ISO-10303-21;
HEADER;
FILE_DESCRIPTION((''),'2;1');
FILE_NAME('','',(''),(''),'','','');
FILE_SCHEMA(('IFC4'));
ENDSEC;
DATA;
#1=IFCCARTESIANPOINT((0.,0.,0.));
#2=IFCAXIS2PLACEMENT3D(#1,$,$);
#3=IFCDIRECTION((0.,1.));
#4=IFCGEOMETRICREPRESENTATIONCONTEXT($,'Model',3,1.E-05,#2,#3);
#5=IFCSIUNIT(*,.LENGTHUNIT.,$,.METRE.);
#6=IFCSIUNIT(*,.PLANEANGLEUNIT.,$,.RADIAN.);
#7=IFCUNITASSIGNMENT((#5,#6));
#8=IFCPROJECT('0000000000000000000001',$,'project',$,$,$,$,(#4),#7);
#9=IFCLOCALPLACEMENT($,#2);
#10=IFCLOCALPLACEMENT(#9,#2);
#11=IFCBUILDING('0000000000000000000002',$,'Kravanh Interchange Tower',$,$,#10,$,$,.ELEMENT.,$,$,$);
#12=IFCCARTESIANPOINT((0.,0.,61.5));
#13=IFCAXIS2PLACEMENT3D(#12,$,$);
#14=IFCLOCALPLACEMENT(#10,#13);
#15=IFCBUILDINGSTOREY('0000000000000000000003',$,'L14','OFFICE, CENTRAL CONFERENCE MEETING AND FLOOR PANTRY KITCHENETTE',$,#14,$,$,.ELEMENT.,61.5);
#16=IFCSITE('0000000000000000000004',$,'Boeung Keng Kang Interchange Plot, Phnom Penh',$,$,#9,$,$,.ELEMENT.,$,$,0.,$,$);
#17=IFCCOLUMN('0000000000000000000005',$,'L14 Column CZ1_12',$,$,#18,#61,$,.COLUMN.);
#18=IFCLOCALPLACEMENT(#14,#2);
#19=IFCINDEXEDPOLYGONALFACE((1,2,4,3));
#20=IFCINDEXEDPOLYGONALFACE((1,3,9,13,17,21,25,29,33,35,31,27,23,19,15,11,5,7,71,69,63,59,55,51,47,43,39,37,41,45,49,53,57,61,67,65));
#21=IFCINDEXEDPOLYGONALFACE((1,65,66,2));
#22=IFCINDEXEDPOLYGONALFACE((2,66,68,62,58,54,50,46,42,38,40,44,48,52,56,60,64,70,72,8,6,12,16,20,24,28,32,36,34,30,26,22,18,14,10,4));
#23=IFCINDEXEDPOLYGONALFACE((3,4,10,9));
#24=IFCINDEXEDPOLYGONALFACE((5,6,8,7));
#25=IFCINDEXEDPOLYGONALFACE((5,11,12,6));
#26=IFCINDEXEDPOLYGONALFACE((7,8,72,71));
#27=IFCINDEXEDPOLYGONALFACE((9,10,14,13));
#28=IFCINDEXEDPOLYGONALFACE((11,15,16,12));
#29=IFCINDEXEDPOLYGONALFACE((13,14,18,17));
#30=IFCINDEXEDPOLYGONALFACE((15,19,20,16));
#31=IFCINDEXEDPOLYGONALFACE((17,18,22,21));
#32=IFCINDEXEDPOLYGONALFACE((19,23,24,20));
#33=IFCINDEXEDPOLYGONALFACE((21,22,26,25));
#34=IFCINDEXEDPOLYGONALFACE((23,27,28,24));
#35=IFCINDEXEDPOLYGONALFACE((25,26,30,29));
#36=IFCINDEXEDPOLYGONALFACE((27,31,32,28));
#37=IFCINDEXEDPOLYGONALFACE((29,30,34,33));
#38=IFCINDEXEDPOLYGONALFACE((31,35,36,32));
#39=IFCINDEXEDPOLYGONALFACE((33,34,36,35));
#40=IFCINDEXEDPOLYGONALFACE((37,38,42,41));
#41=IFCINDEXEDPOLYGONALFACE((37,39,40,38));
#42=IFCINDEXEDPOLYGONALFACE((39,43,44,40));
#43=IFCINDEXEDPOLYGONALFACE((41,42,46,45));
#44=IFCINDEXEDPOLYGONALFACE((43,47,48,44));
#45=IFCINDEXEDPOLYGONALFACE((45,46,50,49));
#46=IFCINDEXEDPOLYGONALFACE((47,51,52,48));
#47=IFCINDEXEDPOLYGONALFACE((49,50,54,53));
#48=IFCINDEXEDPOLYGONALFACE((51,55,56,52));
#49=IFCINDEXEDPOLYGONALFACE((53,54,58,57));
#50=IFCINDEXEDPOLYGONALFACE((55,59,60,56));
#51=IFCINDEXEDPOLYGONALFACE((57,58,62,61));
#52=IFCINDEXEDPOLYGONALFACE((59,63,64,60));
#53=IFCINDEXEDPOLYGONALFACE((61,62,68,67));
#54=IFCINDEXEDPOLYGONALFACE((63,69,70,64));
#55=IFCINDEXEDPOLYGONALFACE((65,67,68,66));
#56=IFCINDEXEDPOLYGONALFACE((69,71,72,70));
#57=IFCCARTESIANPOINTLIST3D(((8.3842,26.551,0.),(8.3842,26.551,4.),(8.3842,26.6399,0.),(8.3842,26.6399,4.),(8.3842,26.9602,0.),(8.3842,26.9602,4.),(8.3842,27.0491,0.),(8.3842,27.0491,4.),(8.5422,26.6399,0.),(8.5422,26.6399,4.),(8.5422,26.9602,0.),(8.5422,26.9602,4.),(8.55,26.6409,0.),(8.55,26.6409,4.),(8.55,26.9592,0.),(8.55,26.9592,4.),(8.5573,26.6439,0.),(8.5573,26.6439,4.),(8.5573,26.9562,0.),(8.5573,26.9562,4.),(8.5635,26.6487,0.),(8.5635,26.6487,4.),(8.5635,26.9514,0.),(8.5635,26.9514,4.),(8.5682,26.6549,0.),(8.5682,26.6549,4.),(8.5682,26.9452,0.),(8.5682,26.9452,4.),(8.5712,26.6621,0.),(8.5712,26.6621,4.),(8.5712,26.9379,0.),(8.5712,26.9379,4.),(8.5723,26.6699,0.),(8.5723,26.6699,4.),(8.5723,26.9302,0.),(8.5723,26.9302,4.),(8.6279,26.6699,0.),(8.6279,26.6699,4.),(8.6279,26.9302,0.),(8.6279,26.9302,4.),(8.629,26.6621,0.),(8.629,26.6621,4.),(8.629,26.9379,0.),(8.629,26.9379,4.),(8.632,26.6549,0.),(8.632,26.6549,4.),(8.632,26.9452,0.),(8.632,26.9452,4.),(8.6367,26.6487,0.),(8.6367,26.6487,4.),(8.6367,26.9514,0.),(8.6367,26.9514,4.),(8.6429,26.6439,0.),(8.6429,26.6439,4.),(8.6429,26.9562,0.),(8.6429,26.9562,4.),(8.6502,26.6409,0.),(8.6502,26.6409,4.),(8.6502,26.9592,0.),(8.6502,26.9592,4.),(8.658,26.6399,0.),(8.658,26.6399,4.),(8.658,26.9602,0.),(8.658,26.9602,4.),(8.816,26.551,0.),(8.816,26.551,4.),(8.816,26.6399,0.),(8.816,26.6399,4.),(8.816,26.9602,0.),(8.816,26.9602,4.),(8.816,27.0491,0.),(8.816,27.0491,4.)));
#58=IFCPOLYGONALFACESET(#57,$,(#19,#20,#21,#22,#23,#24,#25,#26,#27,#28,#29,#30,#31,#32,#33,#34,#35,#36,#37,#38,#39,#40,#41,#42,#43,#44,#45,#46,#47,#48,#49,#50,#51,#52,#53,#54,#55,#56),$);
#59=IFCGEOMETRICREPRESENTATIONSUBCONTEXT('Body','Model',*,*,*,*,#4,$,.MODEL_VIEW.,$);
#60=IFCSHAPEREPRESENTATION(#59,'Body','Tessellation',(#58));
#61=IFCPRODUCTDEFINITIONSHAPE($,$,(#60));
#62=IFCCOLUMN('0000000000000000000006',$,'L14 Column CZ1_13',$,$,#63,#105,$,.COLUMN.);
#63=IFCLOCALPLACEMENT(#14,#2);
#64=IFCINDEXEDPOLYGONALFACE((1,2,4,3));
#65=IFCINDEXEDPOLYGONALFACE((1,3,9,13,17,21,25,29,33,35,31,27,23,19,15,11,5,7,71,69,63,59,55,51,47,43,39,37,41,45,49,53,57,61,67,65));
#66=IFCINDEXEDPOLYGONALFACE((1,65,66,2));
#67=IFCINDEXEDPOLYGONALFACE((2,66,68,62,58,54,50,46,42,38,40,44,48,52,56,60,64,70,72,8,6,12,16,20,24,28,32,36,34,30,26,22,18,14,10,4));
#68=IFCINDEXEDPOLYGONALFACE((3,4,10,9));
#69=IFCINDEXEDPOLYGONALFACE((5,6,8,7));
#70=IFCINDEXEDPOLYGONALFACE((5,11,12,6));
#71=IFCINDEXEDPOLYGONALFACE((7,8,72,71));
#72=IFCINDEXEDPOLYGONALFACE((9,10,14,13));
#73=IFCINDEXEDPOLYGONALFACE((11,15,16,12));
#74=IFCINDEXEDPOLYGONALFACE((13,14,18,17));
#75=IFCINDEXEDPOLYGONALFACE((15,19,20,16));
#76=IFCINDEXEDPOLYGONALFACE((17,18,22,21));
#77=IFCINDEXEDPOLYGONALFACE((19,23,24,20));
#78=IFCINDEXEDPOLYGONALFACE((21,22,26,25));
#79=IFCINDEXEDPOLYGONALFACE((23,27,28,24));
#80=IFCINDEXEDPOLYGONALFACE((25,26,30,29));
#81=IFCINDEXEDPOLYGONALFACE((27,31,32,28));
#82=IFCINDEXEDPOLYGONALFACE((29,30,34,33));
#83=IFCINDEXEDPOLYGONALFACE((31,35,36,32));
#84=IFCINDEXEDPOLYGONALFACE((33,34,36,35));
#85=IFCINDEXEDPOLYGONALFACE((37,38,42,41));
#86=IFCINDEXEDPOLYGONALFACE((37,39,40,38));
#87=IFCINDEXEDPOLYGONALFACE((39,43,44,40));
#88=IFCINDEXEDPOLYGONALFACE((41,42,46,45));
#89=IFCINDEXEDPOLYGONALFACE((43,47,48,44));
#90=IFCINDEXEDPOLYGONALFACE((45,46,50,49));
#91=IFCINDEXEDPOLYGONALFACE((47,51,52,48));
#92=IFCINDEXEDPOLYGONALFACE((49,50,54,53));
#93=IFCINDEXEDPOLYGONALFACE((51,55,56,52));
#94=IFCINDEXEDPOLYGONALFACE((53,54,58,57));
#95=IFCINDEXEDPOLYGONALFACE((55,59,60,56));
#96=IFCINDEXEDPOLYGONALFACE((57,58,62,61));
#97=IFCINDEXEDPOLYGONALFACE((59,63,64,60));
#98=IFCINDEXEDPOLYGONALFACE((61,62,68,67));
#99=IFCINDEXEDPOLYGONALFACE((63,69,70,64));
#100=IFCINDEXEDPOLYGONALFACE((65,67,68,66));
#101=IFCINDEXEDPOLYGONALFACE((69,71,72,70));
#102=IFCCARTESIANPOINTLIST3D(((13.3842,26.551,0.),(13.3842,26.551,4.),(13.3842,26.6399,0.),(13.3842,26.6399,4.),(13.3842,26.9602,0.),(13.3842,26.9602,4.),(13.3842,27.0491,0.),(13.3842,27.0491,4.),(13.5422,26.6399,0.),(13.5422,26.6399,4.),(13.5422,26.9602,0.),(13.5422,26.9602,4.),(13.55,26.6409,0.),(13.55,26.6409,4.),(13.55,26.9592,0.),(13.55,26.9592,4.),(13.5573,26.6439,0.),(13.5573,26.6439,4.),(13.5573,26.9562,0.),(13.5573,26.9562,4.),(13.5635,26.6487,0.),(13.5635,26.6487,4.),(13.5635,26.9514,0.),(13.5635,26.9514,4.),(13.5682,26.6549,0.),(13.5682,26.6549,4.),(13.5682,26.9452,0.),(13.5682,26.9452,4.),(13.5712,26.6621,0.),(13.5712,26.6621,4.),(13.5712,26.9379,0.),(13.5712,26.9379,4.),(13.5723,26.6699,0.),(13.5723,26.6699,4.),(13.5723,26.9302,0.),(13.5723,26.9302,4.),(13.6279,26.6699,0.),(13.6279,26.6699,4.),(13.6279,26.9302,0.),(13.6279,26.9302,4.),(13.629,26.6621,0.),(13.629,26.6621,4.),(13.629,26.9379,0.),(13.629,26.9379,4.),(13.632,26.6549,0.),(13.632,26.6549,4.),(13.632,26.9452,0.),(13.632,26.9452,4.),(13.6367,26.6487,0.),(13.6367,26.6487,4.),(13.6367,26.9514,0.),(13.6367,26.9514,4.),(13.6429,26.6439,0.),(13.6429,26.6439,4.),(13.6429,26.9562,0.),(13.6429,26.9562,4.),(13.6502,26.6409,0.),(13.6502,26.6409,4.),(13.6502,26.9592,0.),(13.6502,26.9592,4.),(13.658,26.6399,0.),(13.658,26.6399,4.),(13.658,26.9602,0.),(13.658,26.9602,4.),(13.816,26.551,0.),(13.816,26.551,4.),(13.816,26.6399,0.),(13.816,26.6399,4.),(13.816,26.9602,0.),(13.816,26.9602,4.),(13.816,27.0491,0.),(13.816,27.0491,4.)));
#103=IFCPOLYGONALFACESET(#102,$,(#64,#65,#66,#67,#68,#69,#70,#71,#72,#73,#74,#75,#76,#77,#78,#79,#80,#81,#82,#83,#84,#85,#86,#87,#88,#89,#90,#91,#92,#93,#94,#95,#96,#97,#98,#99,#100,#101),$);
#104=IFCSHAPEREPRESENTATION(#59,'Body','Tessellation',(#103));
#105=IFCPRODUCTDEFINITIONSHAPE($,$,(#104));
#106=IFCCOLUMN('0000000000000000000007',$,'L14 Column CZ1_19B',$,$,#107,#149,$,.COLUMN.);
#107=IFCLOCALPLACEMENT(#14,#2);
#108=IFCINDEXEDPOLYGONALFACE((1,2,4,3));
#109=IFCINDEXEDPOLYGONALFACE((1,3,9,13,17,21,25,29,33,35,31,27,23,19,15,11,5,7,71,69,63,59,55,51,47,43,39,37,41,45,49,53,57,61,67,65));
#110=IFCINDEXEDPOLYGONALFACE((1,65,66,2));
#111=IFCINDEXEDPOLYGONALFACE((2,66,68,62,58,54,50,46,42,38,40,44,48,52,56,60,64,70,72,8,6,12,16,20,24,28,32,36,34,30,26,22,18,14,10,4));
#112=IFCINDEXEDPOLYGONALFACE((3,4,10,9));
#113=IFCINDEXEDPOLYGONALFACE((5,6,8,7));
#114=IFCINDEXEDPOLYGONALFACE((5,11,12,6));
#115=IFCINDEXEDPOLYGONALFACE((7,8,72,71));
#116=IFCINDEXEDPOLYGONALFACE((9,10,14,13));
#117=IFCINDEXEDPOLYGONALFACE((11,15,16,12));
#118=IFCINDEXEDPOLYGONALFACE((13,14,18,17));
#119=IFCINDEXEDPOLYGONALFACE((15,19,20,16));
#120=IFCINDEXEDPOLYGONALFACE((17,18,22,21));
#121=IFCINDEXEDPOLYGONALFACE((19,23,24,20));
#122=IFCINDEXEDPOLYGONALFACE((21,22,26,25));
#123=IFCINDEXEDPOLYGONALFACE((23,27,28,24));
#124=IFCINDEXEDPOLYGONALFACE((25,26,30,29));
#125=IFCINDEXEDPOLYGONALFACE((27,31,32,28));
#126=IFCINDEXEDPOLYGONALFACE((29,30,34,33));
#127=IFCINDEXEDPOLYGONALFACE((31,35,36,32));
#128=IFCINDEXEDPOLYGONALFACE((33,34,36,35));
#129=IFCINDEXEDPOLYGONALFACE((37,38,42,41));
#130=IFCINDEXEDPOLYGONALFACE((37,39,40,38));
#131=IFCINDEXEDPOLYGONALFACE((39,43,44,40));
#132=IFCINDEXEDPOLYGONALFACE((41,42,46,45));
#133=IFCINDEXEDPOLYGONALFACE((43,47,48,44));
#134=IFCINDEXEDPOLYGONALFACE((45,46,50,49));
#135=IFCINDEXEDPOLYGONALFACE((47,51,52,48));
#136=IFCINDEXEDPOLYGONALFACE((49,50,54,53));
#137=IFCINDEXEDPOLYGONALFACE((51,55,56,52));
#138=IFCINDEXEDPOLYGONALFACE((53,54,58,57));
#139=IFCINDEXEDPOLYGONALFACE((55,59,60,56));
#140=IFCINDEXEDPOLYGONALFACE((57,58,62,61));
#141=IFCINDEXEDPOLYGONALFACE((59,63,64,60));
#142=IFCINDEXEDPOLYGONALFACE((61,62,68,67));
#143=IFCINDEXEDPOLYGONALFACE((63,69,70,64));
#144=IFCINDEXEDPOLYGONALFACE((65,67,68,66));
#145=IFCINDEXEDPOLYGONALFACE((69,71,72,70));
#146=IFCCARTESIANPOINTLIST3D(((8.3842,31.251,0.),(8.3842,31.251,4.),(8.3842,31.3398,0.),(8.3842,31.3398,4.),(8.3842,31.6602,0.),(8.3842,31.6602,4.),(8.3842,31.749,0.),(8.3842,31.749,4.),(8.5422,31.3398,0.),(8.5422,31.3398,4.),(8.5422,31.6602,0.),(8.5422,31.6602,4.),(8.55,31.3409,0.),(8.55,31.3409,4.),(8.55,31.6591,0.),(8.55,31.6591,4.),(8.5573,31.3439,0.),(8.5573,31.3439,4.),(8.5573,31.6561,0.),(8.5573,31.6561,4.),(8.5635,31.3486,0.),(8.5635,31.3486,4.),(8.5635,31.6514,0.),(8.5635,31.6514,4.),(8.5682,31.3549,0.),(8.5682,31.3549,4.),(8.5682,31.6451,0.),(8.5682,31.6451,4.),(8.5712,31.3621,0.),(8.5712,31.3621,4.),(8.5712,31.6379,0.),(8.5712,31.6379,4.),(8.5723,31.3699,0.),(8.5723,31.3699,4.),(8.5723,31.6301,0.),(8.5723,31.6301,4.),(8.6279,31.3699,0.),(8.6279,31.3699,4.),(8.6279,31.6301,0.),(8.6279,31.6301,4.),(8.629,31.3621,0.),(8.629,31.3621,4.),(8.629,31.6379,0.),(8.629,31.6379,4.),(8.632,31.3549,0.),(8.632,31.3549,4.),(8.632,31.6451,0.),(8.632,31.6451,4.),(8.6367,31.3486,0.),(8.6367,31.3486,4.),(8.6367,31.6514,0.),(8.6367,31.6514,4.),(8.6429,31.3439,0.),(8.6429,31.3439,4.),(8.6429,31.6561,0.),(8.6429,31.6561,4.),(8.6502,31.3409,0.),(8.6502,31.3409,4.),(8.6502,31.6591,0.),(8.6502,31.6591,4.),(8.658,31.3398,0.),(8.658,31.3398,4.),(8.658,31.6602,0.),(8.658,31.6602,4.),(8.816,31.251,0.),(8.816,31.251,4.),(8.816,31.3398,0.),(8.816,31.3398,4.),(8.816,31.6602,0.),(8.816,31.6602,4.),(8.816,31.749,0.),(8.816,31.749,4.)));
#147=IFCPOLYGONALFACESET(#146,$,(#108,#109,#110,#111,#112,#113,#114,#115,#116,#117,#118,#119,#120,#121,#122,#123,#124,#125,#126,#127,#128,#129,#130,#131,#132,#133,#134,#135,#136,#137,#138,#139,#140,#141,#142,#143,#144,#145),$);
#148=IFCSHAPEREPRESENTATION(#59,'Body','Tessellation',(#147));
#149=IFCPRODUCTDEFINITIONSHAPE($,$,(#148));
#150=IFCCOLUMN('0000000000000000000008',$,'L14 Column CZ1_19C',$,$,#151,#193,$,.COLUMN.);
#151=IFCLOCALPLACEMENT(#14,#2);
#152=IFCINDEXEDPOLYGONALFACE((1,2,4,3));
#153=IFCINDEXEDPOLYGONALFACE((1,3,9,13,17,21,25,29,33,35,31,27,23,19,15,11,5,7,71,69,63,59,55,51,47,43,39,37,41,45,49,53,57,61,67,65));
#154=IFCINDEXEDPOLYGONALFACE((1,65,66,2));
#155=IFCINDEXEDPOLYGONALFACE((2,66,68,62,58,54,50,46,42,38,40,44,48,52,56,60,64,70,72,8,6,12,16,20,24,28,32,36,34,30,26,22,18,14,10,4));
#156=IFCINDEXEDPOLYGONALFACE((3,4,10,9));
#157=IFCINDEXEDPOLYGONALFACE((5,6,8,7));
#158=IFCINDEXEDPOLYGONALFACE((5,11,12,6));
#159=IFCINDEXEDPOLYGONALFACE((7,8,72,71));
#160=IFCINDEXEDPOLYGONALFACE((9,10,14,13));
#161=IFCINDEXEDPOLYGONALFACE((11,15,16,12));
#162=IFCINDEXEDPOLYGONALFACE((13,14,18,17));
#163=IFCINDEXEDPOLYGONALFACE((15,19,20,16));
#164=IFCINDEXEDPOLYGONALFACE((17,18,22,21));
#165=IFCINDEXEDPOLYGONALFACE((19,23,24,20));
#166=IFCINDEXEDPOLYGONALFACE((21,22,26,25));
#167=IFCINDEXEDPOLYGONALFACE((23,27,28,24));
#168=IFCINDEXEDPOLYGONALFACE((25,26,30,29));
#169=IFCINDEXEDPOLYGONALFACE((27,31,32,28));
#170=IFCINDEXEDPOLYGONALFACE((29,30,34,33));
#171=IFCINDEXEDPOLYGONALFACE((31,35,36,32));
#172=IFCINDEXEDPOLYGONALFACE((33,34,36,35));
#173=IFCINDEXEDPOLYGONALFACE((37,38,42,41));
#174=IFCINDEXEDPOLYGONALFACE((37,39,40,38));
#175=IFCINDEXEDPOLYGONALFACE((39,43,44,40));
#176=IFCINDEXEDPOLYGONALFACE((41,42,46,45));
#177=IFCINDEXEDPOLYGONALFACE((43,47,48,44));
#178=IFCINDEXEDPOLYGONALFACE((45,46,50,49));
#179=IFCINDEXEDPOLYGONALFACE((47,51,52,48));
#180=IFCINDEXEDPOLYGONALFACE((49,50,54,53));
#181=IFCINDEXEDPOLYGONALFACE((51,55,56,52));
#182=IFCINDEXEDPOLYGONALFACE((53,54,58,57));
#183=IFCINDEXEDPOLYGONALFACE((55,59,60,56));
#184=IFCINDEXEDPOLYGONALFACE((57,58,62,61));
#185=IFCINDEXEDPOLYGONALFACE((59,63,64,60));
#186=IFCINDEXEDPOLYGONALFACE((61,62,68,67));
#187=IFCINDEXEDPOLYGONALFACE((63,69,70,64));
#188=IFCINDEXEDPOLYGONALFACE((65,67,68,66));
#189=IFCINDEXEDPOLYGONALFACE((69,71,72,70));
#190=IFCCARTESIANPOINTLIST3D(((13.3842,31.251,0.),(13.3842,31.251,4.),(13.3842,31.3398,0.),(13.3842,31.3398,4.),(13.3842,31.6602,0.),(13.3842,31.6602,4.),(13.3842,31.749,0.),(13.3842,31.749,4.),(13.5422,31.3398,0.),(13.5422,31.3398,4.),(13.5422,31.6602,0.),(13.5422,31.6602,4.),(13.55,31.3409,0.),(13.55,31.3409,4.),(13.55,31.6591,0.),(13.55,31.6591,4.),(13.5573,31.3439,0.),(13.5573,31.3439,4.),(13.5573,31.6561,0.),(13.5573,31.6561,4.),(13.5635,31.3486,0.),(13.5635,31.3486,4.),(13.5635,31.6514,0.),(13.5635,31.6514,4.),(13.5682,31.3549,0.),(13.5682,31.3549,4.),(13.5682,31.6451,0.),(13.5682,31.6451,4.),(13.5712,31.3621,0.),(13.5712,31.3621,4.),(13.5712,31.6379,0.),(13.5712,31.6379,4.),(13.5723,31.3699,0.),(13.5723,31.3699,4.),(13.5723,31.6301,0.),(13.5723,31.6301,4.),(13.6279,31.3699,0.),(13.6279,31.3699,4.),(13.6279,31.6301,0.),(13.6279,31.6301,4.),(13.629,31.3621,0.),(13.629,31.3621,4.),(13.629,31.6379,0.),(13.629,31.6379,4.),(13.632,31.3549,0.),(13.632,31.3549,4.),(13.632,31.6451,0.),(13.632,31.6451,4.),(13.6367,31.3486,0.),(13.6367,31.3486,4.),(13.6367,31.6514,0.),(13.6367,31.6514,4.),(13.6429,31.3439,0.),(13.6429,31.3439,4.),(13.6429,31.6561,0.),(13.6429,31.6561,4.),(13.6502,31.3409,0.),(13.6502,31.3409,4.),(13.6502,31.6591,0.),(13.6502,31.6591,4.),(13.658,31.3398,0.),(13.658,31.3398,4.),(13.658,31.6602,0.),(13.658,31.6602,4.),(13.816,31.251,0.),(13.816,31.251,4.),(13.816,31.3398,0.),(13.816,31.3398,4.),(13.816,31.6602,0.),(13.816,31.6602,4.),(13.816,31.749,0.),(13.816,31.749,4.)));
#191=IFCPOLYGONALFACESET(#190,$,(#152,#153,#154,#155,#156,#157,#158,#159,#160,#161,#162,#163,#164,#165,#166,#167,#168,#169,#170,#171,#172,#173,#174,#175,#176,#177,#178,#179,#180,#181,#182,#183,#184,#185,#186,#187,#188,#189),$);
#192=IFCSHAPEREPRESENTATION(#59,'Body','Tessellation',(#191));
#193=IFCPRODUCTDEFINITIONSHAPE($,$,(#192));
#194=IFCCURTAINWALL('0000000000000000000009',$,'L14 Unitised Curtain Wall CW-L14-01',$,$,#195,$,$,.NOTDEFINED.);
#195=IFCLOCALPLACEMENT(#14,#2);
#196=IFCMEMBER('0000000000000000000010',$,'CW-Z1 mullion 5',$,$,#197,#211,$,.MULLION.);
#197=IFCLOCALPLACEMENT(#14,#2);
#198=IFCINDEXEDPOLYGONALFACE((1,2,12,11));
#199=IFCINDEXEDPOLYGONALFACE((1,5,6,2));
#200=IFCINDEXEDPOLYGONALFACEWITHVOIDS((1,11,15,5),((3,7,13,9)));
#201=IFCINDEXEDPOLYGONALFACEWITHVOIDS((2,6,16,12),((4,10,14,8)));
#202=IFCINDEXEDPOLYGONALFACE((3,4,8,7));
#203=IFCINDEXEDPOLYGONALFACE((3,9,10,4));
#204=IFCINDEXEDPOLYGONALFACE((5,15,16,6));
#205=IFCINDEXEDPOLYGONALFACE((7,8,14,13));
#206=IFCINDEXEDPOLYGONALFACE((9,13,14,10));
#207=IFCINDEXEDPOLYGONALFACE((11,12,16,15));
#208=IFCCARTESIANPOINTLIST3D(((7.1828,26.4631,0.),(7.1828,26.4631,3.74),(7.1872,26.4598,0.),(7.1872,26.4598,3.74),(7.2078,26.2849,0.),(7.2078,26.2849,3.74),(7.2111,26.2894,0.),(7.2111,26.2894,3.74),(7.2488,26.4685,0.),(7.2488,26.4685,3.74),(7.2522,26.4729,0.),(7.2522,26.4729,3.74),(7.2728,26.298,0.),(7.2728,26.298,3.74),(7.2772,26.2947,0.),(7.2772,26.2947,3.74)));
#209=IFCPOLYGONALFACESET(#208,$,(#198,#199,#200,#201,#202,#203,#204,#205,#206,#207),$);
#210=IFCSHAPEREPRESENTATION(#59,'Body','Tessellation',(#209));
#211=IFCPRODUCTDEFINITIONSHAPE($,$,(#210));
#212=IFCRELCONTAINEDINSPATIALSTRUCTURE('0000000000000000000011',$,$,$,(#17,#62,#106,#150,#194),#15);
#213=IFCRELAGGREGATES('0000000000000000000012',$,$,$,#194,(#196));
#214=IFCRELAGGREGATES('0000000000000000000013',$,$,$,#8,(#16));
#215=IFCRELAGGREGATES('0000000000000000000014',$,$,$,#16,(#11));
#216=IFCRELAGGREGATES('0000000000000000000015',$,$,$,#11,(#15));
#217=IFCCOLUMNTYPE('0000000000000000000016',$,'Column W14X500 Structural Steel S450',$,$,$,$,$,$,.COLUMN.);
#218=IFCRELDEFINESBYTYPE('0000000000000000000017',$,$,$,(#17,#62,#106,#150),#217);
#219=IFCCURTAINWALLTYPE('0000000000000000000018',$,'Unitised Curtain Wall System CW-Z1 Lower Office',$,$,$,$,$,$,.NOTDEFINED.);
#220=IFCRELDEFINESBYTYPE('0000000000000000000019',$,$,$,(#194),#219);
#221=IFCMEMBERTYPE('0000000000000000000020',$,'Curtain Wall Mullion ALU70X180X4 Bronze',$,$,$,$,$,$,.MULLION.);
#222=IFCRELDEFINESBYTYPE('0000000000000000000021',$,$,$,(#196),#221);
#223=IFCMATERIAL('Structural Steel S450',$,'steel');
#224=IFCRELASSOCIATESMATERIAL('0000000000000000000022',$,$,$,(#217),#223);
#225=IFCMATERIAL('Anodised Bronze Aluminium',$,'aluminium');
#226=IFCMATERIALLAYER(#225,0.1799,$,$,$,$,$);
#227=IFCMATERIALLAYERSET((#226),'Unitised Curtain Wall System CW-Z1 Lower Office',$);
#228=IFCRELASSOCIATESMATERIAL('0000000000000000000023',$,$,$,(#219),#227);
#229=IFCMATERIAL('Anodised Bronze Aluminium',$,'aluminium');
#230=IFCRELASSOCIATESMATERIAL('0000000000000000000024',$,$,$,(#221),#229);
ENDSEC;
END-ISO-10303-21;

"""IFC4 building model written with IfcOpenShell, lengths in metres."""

from ifc_helpers import new_model, si_unit, direction, frame, origin, origin_2d, place, context, subcontext, project, spatial, hollow_rectangle, i_section, extrude, material, layer, layer_set, material_profile, profile_set, type_object, element, aggregate, save


model = new_model("IFC4")

# Units and contexts
model_context = context("Model", 3, precision=1e-05, world=origin(), true_north=direction((0.0, 1.0)))
body_context = subcontext(model_context, "Body", "Model", "MODEL_VIEW")
ifc_project = project(units=[si_unit("LENGTHUNIT", "METRE"), si_unit("PLANEANGLEUNIT", "RADIAN")], contexts=[model_context])

# Site, building, storey
site_placement = place(None, origin())
site = spatial("IfcSite", under=ifc_project, at=site_placement, Name="Boeung Keng Kang Interchange Plot, Phnom Penh", CompositionType="ELEMENT", RefElevation=0.0)
building_placement = place(site_placement, origin())
building = spatial("IfcBuilding", under=site, at=building_placement, Name="Kravanh Interchange Tower", CompositionType="ELEMENT")
storey_placement = place(building_placement, frame((0.0, 0.0, 61.5)))
storey = spatial("IfcBuildingStorey", under=building, at=storey_placement, Name="L14", Description="OFFICE, CENTRAL CONFERENCE MEETING AND FLOOR PANTRY KITCHENETTE", CompositionType="ELEMENT", Elevation=61.5)

# Columns
ifc_material_1 = material(Name="Structural Steel S450", Category="steel")
ifc_material_profile_1 = material_profile(ifc_material_1, i_section(OverallWidth=0.4319, OverallDepth=0.498, WebThickness=0.0557, FlangeThickness=0.0889, FilletRadius=0.03, at=origin_2d()), Name="W14X500")
ifc_profile_set_1 = profile_set([ifc_material_profile_1], Name="Structural Steel S450")
column_type = type_object("IfcColumnType", Name="Column W14X500 Structural Steel S450", PredefinedType="COLUMN", material=ifc_profile_set_1)
for number, where, z_axis, x_axis, name in (
    (1, (8.6001, 26.8, 0.0), (0.0, 0.0, 1.0), (1.0, 0.0, 0.0), "L14 Column CZ1_12"),
    (2, (13.6001, 26.8, 0.0), (0.0, 0.0, 1.0), (1.0, 0.0, 0.0), "L14 Column CZ1_13"),
    (3, (8.6001, 31.5, 0.0), (0.0, 0.0, 1.0), (1.0, 0.0, 0.0), "L14 Column CZ1_19B"),
    (4, (13.6001, 31.5, 0.0), (0.0, 0.0, 1.0), (1.0, 0.0, 0.0), "L14 Column CZ1_19C"),
):
    element("IfcColumn", number, at=place(storey_placement, frame(where, z_axis=z_axis, x_axis=x_axis)), inside=storey, type_object=column_type, Name=name, PredefinedType="COLUMN", context=body_context, shape_type="SweptSolid", body=[
        extrude(i_section(OverallWidth=0.4319, OverallDepth=0.498, WebThickness=0.0557, FlangeThickness=0.0889, FilletRadius=0.03, at=origin_2d()), origin(), (0.0, 0.0, 1.0), 4.0),
    ])

# Curtain wall, member
ifc_material_2 = material(Name="Anodised Bronze Aluminium", Category="aluminium")
ifc_layer_1 = layer(ifc_material_2, 0.1799)
ifc_layer_set_1 = layer_set([ifc_layer_1], Name="Unitised Curtain Wall System CW-Z1 Lower Office")
curtain_wall_type = type_object("IfcCurtainWallType", Name="Unitised Curtain Wall System CW-Z1 Lower Office", PredefinedType="NOTDEFINED", material=ifc_layer_set_1)
curtain_wall_placement = place(storey_placement, origin())
curtain_wall = element("IfcCurtainWall", 5, at=curtain_wall_placement, inside=storey, type_object=curtain_wall_type, Name="L14 Unitised Curtain Wall CW-L14-01", PredefinedType="NOTDEFINED")
ifc_material_3 = material(Name="Anodised Bronze Aluminium", Category="aluminium")
ifc_material_profile_2 = material_profile(ifc_material_3, hollow_rectangle(XDim=0.0701, YDim=0.1799, WallThickness=0.0039, at=origin_2d()), Name="ALU70X180X4")
ifc_profile_set_2 = profile_set([ifc_material_profile_2], Name="Anodised Bronze Aluminium")
member_type_1 = type_object("IfcMemberType", Name="Curtain Wall Mullion ALU70X180X4 Bronze", PredefinedType="MULLION", material=ifc_profile_set_2)
member_1_placement = place(storey_placement, frame((7.23, 26.3789, 0.0), z_axis=(0.0, 0.0, 1.0), x_axis=(-0.990268, -0.139177, 0.0)))
member_1 = element("IfcMember", 6, at=member_1_placement, type_object=member_type_1, Name="CW-Z1 mullion 5", PredefinedType="MULLION", context=body_context, shape_type="SweptSolid", body=[
    extrude(hollow_rectangle(XDim=0.0701, YDim=0.1799, WallThickness=0.0039, at=origin_2d()), origin(), (0.0, 0.0, 1.0), 3.74),
])

aggregate(curtain_wall, [member_1])

save(model, "model.ifc")
